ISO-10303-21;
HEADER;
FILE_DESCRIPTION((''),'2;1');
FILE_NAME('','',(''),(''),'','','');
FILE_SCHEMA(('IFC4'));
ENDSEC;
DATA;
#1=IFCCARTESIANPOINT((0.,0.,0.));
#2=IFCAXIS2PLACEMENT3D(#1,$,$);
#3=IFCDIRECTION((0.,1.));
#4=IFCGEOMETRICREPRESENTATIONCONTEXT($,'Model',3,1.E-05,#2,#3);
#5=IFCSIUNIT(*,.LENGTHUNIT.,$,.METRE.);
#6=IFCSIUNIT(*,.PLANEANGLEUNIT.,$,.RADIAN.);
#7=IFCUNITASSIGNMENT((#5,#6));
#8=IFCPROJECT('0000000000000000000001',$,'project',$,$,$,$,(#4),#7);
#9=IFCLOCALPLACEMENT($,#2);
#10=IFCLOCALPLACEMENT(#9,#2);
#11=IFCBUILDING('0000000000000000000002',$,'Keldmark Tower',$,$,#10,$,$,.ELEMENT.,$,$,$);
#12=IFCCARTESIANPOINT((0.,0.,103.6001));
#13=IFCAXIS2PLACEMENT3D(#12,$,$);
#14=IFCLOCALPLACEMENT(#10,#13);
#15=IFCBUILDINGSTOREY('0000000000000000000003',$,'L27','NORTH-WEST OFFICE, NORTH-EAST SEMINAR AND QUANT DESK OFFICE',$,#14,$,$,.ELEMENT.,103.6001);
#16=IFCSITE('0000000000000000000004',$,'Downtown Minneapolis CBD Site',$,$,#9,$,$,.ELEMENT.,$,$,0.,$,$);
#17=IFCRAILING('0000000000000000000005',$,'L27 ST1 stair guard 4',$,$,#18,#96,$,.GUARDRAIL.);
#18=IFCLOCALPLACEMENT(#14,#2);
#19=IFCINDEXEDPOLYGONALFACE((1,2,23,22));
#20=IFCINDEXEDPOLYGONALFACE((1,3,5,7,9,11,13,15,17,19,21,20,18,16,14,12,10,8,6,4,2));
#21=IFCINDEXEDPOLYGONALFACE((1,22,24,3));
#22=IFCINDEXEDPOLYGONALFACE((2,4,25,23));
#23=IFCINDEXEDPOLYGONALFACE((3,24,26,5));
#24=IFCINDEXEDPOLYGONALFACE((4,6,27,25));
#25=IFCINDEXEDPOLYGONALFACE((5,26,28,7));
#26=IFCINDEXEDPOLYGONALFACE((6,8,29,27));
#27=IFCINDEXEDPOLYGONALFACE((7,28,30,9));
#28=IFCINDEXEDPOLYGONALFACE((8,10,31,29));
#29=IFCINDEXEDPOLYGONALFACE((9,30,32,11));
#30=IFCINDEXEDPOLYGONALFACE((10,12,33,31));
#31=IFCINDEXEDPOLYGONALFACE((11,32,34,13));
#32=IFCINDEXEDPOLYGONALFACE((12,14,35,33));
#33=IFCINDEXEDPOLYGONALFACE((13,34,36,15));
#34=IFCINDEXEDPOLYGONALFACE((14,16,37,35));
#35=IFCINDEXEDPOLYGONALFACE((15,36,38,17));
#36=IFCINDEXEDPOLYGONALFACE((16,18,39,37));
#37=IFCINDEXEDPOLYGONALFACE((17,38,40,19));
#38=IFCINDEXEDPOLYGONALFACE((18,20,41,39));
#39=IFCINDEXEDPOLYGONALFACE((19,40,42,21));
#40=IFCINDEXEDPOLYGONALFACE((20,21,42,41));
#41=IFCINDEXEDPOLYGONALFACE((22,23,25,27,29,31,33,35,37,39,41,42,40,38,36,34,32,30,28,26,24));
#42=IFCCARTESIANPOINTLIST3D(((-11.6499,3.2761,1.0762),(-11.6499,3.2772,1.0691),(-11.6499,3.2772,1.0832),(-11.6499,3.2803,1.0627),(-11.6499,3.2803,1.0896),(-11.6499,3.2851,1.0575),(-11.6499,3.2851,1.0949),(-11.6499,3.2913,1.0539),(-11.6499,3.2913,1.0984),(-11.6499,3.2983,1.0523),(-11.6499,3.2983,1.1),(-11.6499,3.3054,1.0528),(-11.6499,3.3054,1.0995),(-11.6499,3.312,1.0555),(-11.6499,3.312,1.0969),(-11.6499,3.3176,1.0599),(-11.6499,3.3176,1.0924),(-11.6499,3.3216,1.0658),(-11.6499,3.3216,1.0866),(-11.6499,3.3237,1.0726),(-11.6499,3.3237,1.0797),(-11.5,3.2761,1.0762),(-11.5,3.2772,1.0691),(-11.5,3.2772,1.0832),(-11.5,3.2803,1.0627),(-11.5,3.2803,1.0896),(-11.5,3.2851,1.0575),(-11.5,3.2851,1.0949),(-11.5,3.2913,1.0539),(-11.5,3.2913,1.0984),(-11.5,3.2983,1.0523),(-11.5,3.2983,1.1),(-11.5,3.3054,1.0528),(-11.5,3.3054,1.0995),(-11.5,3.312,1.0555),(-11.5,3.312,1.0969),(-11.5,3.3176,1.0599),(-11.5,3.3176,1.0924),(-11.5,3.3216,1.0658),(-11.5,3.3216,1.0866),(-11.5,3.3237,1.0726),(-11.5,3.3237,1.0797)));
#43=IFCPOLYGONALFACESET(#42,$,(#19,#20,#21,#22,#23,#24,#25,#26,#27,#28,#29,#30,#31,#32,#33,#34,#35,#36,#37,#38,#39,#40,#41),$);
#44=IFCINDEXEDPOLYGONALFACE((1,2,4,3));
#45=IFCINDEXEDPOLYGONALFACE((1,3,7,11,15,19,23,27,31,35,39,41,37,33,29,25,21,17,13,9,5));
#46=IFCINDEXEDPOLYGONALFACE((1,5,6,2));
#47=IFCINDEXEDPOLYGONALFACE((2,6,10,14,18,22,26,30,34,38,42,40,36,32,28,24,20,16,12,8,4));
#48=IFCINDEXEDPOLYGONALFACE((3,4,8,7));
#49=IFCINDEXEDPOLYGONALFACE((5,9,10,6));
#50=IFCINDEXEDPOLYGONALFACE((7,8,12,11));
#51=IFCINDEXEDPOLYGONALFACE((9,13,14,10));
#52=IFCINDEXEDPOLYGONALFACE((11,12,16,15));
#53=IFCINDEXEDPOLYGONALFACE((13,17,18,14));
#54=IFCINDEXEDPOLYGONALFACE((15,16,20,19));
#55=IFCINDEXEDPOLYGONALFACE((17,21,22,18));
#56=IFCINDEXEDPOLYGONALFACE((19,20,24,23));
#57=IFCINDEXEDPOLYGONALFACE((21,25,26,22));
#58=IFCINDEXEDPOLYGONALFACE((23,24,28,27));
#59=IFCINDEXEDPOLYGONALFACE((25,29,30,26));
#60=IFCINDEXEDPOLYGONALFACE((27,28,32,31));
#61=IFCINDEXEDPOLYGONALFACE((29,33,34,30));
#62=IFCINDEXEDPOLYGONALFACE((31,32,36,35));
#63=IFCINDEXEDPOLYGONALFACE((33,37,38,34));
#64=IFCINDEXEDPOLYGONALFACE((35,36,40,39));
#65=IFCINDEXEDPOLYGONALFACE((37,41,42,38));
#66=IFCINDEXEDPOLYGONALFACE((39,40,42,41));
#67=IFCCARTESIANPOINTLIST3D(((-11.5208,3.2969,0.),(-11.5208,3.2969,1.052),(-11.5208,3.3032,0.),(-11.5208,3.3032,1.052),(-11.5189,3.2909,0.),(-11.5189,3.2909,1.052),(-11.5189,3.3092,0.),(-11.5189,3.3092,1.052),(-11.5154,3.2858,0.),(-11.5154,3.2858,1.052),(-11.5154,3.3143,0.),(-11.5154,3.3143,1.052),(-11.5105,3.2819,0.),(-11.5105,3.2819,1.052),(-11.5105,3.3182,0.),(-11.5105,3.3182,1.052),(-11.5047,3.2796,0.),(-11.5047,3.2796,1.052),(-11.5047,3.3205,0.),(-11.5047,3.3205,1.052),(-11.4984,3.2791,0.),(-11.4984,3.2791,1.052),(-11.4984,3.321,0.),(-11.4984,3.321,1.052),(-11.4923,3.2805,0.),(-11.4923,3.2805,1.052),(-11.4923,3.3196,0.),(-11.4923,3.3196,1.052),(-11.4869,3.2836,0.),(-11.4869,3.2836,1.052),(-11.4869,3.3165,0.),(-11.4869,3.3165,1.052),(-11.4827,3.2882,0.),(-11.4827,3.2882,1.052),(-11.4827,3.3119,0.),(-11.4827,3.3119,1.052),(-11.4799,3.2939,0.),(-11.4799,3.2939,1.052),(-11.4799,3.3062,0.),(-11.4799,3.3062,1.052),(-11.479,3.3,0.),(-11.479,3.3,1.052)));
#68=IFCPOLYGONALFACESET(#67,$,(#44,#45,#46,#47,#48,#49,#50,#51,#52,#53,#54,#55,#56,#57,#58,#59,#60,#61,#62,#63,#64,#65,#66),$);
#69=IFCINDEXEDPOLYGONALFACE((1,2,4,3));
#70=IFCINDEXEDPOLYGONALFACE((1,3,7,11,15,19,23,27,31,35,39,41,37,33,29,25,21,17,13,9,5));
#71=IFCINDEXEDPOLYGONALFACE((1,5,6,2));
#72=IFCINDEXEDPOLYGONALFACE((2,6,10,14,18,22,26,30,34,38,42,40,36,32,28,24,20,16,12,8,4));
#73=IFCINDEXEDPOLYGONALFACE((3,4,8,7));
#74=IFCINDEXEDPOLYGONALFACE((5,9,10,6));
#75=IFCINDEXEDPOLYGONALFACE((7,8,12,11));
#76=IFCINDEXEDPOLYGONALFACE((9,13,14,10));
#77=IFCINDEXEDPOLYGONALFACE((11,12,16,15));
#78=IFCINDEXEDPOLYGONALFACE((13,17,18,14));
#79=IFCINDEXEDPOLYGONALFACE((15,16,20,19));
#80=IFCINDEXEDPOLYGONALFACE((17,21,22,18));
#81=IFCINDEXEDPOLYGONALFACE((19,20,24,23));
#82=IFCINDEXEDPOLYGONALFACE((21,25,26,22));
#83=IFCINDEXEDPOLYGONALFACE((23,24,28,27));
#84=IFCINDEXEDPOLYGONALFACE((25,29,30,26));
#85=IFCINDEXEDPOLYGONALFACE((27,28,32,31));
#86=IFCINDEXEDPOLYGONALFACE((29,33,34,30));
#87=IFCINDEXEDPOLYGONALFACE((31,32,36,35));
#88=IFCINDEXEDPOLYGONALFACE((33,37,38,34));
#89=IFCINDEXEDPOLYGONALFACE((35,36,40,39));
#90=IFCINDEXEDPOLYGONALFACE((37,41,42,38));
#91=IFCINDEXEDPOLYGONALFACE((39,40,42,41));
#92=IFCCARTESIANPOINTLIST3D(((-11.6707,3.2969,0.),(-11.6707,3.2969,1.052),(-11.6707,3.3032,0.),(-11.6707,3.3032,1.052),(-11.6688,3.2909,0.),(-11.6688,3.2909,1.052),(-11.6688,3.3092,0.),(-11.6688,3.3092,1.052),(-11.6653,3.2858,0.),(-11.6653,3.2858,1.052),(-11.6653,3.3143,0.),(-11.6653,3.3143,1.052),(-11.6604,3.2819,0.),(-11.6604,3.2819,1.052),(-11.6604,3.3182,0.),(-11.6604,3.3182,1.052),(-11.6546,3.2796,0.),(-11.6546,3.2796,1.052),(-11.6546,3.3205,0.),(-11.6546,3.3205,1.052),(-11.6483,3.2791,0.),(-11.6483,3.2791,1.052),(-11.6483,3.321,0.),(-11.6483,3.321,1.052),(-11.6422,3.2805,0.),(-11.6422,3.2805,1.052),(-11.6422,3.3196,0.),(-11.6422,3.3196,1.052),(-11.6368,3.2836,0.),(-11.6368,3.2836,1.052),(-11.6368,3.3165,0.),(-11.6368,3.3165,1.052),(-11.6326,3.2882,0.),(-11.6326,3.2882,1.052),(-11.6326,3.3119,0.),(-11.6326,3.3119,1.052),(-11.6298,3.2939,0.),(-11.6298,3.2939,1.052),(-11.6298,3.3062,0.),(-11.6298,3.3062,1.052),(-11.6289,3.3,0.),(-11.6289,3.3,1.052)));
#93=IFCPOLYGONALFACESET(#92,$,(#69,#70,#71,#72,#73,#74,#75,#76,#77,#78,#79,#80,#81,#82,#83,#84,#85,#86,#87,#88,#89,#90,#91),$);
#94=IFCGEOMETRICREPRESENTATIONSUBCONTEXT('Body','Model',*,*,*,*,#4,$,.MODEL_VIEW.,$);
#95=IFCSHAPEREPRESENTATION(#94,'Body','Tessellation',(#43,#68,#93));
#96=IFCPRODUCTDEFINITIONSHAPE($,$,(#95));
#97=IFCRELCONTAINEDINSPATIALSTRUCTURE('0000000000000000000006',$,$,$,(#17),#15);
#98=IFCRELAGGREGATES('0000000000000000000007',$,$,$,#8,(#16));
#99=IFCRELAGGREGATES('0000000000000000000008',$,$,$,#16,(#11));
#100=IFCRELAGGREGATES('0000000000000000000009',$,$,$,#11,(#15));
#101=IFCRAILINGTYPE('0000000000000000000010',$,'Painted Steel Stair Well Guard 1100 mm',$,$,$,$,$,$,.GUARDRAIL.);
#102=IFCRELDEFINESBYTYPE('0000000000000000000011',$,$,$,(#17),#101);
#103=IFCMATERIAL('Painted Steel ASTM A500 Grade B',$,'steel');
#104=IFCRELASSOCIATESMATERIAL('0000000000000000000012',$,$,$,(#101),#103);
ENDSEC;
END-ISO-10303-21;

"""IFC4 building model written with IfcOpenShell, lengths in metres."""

from ifc_helpers import new_model, si_unit, direction, frame, origin, origin_2d, place, context, subcontext, project, spatial, circle, extrude, material, type_object, element, save


model = new_model("IFC4")

# Units and contexts
model_context = context("Model", 3, precision=1e-05, world=origin(), true_north=direction((0.0, 1.0)))
body_context = subcontext(model_context, "Body", "Model", "MODEL_VIEW")
ifc_project = project(units=[si_unit("LENGTHUNIT", "METRE"), si_unit("PLANEANGLEUNIT", "RADIAN")], contexts=[model_context])

# Site, building, storey
site_placement = place(None, origin())
site = spatial("IfcSite", under=ifc_project, at=site_placement, Name="Downtown Minneapolis CBD Site", CompositionType="ELEMENT", RefElevation=0.0)
building_placement = place(site_placement, origin())
building = spatial("IfcBuilding", under=site, at=building_placement, Name="Keldmark Tower", CompositionType="ELEMENT")
storey_placement = place(building_placement, frame((0.0, 0.0, 103.6001)))
storey = spatial("IfcBuildingStorey", under=building, at=storey_placement, Name="L27", Description="NORTH-WEST OFFICE, NORTH-EAST SEMINAR AND QUANT DESK OFFICE", CompositionType="ELEMENT", Elevation=103.6001)

# Railing
ifc_material_1 = material(Name="Painted Steel ASTM A500 Grade B", Category="steel")
railing_type_1 = type_object("IfcRailingType", Name="Painted Steel Stair Well Guard 1100 mm", PredefinedType="GUARDRAIL", material=ifc_material_1)
railing_1_placement = place(storey_placement, frame((-11.5, 3.3, 0.0)))
element("IfcRailing", 1, at=railing_1_placement, inside=storey, type_object=railing_type_1, Name="L27 ST1 stair guard 4", PredefinedType="GUARDRAIL", context=body_context, shape_type="SweptSolid", body=[
    extrude(circle(Radius=0.0239, at=origin_2d()), frame((0.0, 0.0, 1.0762), z_axis=(-1.0, 0.0, 0.0), x_axis=(0.0, -1.0, 0.0)), (0.0, 0.0, 1.0), 0.1499),
    extrude(circle(Radius=0.021, at=origin_2d()), origin(), (0.0, 0.0, 1.0), 1.052),
    extrude(circle(Radius=0.021, at=origin_2d()), frame((-0.1499, 0.0, 0.0)), (0.0, 0.0, 1.0), 1.052),
])

save(model, "model.ifc")
